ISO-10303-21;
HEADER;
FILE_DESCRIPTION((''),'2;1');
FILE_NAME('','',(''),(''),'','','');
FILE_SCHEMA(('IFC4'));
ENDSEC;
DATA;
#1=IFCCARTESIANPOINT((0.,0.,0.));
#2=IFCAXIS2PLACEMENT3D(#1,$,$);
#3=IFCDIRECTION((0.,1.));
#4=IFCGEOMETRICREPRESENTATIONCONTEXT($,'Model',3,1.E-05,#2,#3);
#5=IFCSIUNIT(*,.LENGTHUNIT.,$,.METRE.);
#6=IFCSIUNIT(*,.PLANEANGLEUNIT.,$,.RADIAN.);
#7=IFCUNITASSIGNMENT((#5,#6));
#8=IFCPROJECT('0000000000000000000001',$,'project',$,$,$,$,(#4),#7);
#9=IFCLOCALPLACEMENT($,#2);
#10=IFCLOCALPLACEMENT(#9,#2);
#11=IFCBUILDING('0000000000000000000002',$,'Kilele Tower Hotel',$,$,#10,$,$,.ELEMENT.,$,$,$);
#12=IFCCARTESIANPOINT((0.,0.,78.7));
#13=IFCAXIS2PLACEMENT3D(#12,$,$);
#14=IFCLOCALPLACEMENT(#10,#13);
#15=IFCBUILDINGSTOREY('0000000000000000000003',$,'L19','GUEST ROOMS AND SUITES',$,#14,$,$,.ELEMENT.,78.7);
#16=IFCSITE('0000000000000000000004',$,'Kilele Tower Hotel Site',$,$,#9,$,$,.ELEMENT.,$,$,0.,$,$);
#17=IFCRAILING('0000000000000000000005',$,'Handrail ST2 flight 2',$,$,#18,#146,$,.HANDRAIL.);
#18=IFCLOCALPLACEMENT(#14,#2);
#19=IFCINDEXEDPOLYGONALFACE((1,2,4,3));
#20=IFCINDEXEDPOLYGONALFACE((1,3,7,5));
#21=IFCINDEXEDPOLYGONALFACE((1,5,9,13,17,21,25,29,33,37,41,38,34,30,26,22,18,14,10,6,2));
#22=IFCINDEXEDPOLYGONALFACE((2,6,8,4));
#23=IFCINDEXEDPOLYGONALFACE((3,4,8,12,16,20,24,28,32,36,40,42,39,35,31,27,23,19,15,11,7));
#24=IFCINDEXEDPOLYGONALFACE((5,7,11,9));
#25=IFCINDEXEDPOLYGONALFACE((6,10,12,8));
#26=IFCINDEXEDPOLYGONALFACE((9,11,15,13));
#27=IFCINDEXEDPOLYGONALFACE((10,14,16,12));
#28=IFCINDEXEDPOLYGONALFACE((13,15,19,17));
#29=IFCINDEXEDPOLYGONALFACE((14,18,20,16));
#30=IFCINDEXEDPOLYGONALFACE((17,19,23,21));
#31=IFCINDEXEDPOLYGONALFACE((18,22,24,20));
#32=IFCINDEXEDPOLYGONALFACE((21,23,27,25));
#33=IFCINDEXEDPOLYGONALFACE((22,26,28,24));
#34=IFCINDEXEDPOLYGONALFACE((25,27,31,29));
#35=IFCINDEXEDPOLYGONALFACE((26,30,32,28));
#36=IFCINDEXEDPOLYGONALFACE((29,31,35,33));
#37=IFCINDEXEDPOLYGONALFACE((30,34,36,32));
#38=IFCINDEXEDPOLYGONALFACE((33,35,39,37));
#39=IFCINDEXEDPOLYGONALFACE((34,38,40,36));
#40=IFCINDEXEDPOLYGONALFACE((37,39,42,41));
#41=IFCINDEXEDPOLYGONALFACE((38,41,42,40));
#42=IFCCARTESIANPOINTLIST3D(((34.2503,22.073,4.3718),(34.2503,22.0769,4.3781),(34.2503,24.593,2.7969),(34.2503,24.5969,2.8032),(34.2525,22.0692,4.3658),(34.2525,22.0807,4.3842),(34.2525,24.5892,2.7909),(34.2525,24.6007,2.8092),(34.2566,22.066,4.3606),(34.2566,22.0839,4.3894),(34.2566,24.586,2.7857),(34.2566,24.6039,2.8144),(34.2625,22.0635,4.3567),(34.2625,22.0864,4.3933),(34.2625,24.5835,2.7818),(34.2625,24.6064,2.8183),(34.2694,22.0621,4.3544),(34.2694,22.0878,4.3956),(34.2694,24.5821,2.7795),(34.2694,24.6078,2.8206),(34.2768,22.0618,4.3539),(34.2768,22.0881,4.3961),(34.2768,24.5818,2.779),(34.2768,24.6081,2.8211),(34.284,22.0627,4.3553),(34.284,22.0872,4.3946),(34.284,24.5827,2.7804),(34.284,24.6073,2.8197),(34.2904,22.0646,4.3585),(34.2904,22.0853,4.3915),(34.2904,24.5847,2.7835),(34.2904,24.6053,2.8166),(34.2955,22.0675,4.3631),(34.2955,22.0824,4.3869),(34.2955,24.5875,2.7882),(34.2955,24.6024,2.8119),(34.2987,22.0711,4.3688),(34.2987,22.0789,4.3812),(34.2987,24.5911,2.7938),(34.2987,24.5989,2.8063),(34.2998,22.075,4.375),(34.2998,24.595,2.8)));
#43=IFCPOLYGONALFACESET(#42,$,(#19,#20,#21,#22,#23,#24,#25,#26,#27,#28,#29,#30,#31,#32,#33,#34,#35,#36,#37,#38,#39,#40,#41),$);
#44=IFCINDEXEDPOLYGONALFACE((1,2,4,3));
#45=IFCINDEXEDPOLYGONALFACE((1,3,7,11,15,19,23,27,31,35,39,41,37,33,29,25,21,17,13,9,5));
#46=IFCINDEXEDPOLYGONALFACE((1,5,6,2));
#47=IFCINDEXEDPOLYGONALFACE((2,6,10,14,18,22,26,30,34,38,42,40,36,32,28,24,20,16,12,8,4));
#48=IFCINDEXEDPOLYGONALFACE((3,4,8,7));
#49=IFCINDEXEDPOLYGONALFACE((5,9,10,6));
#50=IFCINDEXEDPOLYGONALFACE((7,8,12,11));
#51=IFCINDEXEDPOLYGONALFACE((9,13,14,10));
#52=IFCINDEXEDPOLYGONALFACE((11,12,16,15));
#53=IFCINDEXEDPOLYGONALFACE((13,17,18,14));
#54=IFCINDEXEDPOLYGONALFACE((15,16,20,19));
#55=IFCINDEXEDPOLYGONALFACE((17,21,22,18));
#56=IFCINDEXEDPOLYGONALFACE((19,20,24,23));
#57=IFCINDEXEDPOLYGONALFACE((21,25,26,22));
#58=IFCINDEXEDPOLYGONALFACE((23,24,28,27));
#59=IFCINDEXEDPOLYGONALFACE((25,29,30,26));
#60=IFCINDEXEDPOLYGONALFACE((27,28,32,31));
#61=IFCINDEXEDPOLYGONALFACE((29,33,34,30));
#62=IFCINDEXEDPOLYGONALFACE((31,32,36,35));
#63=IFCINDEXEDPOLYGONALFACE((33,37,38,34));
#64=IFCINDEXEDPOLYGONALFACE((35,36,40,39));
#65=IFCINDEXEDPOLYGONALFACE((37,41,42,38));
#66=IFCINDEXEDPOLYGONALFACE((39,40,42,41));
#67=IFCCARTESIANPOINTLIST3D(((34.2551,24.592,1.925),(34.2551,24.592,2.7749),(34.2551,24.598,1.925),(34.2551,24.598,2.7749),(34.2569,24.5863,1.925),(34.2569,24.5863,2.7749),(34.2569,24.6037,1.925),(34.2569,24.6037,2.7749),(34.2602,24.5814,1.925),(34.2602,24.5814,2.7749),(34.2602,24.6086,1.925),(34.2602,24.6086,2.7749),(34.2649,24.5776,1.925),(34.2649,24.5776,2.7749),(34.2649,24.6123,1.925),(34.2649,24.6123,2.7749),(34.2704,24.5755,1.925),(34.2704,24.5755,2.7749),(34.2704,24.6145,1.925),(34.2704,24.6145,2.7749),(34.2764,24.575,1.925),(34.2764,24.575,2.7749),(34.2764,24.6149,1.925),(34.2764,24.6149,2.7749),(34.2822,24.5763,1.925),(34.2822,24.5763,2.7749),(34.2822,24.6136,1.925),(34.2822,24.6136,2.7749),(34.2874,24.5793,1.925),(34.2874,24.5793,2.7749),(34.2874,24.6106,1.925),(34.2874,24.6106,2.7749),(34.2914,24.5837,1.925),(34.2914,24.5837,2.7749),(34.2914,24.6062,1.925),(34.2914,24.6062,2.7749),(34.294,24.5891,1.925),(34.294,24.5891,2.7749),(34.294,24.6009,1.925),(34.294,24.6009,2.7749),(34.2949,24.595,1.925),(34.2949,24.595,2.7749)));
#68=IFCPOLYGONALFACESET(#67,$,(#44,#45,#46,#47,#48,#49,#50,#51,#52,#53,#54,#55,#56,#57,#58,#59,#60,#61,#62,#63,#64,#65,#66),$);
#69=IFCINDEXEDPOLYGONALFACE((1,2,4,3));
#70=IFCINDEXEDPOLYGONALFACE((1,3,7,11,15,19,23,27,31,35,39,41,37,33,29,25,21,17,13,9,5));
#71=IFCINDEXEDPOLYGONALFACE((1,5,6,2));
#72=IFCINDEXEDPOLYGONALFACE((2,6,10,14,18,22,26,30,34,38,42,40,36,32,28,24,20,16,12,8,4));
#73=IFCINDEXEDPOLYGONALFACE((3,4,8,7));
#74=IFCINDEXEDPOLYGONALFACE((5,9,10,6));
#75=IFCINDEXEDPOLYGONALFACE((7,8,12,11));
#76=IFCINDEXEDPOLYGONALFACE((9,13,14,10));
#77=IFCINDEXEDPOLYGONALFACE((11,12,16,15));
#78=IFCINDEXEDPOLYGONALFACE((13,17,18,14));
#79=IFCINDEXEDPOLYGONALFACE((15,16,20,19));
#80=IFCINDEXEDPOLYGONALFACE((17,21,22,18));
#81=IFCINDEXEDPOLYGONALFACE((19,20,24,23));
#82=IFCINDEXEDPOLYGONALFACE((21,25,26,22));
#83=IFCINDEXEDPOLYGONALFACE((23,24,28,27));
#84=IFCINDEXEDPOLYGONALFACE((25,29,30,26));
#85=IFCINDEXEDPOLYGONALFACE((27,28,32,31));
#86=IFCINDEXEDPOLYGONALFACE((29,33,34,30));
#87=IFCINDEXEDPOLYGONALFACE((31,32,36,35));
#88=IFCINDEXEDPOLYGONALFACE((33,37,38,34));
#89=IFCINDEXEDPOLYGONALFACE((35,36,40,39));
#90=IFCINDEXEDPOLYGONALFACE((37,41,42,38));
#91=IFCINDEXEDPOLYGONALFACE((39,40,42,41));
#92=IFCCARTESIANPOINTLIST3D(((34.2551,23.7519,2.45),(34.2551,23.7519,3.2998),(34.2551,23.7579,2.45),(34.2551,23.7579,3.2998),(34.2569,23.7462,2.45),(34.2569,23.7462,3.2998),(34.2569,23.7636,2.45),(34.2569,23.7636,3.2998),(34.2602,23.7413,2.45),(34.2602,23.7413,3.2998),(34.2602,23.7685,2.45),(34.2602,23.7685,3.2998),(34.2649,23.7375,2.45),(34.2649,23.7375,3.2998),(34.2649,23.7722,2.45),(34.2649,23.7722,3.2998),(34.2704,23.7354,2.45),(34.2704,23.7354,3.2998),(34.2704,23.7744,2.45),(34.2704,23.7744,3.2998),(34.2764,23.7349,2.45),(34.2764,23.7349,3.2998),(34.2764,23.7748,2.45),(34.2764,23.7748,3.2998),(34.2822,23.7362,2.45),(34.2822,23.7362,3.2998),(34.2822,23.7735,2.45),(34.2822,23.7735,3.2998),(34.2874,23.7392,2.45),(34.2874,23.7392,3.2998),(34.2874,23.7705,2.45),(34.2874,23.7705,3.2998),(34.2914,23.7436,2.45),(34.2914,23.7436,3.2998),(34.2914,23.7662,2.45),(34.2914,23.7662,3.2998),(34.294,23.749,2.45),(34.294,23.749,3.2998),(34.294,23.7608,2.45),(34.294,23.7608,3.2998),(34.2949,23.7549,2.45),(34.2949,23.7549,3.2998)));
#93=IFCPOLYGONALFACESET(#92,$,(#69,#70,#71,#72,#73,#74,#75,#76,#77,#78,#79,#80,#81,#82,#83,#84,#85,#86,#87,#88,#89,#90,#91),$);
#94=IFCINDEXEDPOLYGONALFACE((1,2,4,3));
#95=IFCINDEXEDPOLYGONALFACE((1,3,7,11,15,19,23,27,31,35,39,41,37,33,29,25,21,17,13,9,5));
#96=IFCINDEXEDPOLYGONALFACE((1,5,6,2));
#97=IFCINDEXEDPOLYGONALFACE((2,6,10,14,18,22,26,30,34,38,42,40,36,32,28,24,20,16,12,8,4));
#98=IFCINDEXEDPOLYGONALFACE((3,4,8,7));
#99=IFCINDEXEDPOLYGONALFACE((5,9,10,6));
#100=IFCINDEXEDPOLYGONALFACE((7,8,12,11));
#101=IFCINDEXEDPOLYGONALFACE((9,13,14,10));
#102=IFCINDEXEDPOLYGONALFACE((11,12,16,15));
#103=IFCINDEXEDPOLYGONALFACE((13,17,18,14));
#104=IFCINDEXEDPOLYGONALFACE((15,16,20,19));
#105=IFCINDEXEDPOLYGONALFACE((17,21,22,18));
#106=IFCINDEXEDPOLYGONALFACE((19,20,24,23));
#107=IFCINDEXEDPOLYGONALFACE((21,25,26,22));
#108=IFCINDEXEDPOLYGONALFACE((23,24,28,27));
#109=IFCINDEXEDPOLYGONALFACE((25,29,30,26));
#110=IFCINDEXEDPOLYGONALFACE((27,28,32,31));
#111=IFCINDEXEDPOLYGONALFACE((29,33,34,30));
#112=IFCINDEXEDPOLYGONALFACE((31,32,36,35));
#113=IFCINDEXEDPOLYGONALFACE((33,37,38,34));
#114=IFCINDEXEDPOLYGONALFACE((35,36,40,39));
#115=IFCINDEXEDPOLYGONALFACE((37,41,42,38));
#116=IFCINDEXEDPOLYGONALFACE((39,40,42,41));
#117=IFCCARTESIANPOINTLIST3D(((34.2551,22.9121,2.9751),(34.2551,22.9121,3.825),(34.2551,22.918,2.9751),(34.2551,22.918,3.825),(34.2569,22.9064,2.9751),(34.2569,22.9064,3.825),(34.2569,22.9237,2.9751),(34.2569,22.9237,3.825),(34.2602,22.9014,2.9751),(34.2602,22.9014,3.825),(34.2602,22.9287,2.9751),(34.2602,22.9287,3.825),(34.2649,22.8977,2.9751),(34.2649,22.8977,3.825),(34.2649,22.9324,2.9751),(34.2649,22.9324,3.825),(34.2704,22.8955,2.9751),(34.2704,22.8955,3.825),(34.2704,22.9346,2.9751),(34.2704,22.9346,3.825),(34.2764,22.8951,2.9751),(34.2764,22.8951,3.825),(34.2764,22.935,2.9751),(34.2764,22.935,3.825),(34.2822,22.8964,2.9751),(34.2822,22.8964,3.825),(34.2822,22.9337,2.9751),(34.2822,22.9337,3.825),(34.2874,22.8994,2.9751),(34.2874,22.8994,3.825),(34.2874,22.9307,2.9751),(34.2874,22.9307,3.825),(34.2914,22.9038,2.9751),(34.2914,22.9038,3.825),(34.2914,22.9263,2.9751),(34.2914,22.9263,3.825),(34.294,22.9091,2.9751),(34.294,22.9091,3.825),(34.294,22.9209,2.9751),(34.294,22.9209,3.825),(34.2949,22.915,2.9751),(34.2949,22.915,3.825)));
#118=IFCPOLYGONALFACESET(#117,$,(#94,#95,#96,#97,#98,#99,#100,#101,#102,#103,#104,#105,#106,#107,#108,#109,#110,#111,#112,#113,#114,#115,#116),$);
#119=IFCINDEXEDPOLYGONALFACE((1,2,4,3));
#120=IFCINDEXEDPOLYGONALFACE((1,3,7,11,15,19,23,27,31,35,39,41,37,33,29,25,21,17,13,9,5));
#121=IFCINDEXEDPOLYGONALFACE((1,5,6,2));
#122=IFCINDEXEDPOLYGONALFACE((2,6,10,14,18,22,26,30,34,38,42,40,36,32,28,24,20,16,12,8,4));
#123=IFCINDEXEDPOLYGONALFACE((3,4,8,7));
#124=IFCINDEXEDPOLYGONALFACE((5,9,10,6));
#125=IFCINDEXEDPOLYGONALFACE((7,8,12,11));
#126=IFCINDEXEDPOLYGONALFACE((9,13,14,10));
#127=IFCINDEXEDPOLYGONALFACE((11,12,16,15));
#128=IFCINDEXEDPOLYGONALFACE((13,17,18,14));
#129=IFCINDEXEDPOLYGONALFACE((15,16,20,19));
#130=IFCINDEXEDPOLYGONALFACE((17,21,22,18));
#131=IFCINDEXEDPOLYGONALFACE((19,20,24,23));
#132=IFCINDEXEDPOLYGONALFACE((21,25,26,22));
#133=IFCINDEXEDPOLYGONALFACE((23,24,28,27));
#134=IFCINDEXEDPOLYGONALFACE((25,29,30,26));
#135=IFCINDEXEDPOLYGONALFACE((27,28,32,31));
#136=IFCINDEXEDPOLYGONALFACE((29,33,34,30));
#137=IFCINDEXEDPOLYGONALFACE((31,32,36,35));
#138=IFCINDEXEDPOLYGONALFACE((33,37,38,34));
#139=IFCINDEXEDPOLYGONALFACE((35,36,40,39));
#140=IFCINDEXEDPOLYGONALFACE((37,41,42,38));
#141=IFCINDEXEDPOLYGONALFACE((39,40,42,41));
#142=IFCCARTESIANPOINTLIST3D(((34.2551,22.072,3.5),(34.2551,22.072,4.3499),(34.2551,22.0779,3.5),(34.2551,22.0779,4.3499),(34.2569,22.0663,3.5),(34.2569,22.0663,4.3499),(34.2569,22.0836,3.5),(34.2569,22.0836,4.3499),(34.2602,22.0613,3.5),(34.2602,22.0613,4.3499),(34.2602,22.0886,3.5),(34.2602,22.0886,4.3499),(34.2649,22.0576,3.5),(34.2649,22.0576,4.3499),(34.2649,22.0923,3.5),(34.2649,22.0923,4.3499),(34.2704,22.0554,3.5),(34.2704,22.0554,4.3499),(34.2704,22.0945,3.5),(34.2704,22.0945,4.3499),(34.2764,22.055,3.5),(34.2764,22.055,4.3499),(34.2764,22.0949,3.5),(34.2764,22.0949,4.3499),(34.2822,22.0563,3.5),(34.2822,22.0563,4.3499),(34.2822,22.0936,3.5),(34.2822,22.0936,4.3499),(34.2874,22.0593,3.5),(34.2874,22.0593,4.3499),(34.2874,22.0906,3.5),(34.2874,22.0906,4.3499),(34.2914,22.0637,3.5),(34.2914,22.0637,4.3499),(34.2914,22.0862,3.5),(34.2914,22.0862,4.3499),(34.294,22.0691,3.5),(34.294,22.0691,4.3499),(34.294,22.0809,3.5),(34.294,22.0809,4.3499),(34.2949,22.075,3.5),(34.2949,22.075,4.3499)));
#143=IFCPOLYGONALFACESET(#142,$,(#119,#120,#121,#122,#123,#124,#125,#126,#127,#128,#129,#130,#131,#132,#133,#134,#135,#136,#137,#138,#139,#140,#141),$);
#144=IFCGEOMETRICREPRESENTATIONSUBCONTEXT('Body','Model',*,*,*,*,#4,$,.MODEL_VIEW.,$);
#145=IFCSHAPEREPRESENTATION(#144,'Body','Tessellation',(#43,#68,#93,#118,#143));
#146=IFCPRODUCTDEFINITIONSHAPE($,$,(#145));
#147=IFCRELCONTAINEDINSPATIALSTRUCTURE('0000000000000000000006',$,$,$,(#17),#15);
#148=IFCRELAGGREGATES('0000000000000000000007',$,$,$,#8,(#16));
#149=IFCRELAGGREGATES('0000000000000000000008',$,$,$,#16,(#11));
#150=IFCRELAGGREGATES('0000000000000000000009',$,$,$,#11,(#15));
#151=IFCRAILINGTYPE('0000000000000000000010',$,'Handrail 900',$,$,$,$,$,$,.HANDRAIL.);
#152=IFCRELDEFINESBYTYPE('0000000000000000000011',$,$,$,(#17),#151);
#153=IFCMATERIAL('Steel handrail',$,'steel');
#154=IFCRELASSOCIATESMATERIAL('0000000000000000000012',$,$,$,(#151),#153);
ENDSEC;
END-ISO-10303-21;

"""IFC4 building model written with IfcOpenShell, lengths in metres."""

from ifc_helpers import new_model, si_unit, direction, frame, origin, origin_2d, place, context, subcontext, project, spatial, circle, extrude, material, type_object, element, save


model = new_model("IFC4")

# Units and contexts
model_context = context("Model", 3, precision=1e-05, world=origin(), true_north=direction((0.0, 1.0)))
body_context = subcontext(model_context, "Body", "Model", "MODEL_VIEW")
ifc_project = project(units=[si_unit("LENGTHUNIT", "METRE"), si_unit("PLANEANGLEUNIT", "RADIAN")], contexts=[model_context])

# Site, building, storey
site_placement = place(None, origin())
site = spatial("IfcSite", under=ifc_project, at=site_placement, Name="Kilele Tower Hotel Site", CompositionType="ELEMENT", RefElevation=0.0)
building_placement = place(site_placement, origin())
building = spatial("IfcBuilding", under=site, at=building_placement, Name="Kilele Tower Hotel", CompositionType="ELEMENT")
storey_placement = place(building_placement, frame((0.0, 0.0, 78.7)))
storey = spatial("IfcBuildingStorey", under=building, at=storey_placement, Name="L19", Description="GUEST ROOMS AND SUITES", CompositionType="ELEMENT", Elevation=78.7)

# Railing
ifc_material_1 = material(Name="Steel handrail", Category="steel")
railing_type_1 = type_object("IfcRailingType", Name="Handrail 900", PredefinedType="HANDRAIL", material=ifc_material_1)
for number, where, name in (
    (1, (34.2749, 24.595, 1.925), "Handrail ST2 flight 2"),
):
    element("IfcRailing", number, at=place(storey_placement, frame(where)), inside=storey, type_object=railing_type_1, Name=name, PredefinedType="HANDRAIL", context=body_context, shape_type="SweptSolid", body=[
        extrude(circle(Radius=0.0249, at=origin_2d()), frame((0.0, 0.0, 0.875), z_axis=(0.0, -0.848008, 0.529984), x_axis=(1.0, 0.0, 0.0)), (0.0, 0.0, 1.0), 2.9717),
        extrude(circle(Radius=0.02, at=origin_2d()), origin(), (0.0, 0.0, 1.0), 0.8499),
        extrude(circle(Radius=0.02, at=origin_2d()), frame((0.0, -0.8401, 0.5249)), (0.0, 0.0, 1.0), 0.8499),
        extrude(circle(Radius=0.02, at=origin_2d()), frame((0.0, -1.6799, 1.05)), (0.0, 0.0, 1.0), 0.8499),
        extrude(circle(Radius=0.02, at=origin_2d()), frame((0.0, -2.52, 1.575)), (0.0, 0.0, 1.0), 0.8499),
    ])

save(model, "model.ifc")
